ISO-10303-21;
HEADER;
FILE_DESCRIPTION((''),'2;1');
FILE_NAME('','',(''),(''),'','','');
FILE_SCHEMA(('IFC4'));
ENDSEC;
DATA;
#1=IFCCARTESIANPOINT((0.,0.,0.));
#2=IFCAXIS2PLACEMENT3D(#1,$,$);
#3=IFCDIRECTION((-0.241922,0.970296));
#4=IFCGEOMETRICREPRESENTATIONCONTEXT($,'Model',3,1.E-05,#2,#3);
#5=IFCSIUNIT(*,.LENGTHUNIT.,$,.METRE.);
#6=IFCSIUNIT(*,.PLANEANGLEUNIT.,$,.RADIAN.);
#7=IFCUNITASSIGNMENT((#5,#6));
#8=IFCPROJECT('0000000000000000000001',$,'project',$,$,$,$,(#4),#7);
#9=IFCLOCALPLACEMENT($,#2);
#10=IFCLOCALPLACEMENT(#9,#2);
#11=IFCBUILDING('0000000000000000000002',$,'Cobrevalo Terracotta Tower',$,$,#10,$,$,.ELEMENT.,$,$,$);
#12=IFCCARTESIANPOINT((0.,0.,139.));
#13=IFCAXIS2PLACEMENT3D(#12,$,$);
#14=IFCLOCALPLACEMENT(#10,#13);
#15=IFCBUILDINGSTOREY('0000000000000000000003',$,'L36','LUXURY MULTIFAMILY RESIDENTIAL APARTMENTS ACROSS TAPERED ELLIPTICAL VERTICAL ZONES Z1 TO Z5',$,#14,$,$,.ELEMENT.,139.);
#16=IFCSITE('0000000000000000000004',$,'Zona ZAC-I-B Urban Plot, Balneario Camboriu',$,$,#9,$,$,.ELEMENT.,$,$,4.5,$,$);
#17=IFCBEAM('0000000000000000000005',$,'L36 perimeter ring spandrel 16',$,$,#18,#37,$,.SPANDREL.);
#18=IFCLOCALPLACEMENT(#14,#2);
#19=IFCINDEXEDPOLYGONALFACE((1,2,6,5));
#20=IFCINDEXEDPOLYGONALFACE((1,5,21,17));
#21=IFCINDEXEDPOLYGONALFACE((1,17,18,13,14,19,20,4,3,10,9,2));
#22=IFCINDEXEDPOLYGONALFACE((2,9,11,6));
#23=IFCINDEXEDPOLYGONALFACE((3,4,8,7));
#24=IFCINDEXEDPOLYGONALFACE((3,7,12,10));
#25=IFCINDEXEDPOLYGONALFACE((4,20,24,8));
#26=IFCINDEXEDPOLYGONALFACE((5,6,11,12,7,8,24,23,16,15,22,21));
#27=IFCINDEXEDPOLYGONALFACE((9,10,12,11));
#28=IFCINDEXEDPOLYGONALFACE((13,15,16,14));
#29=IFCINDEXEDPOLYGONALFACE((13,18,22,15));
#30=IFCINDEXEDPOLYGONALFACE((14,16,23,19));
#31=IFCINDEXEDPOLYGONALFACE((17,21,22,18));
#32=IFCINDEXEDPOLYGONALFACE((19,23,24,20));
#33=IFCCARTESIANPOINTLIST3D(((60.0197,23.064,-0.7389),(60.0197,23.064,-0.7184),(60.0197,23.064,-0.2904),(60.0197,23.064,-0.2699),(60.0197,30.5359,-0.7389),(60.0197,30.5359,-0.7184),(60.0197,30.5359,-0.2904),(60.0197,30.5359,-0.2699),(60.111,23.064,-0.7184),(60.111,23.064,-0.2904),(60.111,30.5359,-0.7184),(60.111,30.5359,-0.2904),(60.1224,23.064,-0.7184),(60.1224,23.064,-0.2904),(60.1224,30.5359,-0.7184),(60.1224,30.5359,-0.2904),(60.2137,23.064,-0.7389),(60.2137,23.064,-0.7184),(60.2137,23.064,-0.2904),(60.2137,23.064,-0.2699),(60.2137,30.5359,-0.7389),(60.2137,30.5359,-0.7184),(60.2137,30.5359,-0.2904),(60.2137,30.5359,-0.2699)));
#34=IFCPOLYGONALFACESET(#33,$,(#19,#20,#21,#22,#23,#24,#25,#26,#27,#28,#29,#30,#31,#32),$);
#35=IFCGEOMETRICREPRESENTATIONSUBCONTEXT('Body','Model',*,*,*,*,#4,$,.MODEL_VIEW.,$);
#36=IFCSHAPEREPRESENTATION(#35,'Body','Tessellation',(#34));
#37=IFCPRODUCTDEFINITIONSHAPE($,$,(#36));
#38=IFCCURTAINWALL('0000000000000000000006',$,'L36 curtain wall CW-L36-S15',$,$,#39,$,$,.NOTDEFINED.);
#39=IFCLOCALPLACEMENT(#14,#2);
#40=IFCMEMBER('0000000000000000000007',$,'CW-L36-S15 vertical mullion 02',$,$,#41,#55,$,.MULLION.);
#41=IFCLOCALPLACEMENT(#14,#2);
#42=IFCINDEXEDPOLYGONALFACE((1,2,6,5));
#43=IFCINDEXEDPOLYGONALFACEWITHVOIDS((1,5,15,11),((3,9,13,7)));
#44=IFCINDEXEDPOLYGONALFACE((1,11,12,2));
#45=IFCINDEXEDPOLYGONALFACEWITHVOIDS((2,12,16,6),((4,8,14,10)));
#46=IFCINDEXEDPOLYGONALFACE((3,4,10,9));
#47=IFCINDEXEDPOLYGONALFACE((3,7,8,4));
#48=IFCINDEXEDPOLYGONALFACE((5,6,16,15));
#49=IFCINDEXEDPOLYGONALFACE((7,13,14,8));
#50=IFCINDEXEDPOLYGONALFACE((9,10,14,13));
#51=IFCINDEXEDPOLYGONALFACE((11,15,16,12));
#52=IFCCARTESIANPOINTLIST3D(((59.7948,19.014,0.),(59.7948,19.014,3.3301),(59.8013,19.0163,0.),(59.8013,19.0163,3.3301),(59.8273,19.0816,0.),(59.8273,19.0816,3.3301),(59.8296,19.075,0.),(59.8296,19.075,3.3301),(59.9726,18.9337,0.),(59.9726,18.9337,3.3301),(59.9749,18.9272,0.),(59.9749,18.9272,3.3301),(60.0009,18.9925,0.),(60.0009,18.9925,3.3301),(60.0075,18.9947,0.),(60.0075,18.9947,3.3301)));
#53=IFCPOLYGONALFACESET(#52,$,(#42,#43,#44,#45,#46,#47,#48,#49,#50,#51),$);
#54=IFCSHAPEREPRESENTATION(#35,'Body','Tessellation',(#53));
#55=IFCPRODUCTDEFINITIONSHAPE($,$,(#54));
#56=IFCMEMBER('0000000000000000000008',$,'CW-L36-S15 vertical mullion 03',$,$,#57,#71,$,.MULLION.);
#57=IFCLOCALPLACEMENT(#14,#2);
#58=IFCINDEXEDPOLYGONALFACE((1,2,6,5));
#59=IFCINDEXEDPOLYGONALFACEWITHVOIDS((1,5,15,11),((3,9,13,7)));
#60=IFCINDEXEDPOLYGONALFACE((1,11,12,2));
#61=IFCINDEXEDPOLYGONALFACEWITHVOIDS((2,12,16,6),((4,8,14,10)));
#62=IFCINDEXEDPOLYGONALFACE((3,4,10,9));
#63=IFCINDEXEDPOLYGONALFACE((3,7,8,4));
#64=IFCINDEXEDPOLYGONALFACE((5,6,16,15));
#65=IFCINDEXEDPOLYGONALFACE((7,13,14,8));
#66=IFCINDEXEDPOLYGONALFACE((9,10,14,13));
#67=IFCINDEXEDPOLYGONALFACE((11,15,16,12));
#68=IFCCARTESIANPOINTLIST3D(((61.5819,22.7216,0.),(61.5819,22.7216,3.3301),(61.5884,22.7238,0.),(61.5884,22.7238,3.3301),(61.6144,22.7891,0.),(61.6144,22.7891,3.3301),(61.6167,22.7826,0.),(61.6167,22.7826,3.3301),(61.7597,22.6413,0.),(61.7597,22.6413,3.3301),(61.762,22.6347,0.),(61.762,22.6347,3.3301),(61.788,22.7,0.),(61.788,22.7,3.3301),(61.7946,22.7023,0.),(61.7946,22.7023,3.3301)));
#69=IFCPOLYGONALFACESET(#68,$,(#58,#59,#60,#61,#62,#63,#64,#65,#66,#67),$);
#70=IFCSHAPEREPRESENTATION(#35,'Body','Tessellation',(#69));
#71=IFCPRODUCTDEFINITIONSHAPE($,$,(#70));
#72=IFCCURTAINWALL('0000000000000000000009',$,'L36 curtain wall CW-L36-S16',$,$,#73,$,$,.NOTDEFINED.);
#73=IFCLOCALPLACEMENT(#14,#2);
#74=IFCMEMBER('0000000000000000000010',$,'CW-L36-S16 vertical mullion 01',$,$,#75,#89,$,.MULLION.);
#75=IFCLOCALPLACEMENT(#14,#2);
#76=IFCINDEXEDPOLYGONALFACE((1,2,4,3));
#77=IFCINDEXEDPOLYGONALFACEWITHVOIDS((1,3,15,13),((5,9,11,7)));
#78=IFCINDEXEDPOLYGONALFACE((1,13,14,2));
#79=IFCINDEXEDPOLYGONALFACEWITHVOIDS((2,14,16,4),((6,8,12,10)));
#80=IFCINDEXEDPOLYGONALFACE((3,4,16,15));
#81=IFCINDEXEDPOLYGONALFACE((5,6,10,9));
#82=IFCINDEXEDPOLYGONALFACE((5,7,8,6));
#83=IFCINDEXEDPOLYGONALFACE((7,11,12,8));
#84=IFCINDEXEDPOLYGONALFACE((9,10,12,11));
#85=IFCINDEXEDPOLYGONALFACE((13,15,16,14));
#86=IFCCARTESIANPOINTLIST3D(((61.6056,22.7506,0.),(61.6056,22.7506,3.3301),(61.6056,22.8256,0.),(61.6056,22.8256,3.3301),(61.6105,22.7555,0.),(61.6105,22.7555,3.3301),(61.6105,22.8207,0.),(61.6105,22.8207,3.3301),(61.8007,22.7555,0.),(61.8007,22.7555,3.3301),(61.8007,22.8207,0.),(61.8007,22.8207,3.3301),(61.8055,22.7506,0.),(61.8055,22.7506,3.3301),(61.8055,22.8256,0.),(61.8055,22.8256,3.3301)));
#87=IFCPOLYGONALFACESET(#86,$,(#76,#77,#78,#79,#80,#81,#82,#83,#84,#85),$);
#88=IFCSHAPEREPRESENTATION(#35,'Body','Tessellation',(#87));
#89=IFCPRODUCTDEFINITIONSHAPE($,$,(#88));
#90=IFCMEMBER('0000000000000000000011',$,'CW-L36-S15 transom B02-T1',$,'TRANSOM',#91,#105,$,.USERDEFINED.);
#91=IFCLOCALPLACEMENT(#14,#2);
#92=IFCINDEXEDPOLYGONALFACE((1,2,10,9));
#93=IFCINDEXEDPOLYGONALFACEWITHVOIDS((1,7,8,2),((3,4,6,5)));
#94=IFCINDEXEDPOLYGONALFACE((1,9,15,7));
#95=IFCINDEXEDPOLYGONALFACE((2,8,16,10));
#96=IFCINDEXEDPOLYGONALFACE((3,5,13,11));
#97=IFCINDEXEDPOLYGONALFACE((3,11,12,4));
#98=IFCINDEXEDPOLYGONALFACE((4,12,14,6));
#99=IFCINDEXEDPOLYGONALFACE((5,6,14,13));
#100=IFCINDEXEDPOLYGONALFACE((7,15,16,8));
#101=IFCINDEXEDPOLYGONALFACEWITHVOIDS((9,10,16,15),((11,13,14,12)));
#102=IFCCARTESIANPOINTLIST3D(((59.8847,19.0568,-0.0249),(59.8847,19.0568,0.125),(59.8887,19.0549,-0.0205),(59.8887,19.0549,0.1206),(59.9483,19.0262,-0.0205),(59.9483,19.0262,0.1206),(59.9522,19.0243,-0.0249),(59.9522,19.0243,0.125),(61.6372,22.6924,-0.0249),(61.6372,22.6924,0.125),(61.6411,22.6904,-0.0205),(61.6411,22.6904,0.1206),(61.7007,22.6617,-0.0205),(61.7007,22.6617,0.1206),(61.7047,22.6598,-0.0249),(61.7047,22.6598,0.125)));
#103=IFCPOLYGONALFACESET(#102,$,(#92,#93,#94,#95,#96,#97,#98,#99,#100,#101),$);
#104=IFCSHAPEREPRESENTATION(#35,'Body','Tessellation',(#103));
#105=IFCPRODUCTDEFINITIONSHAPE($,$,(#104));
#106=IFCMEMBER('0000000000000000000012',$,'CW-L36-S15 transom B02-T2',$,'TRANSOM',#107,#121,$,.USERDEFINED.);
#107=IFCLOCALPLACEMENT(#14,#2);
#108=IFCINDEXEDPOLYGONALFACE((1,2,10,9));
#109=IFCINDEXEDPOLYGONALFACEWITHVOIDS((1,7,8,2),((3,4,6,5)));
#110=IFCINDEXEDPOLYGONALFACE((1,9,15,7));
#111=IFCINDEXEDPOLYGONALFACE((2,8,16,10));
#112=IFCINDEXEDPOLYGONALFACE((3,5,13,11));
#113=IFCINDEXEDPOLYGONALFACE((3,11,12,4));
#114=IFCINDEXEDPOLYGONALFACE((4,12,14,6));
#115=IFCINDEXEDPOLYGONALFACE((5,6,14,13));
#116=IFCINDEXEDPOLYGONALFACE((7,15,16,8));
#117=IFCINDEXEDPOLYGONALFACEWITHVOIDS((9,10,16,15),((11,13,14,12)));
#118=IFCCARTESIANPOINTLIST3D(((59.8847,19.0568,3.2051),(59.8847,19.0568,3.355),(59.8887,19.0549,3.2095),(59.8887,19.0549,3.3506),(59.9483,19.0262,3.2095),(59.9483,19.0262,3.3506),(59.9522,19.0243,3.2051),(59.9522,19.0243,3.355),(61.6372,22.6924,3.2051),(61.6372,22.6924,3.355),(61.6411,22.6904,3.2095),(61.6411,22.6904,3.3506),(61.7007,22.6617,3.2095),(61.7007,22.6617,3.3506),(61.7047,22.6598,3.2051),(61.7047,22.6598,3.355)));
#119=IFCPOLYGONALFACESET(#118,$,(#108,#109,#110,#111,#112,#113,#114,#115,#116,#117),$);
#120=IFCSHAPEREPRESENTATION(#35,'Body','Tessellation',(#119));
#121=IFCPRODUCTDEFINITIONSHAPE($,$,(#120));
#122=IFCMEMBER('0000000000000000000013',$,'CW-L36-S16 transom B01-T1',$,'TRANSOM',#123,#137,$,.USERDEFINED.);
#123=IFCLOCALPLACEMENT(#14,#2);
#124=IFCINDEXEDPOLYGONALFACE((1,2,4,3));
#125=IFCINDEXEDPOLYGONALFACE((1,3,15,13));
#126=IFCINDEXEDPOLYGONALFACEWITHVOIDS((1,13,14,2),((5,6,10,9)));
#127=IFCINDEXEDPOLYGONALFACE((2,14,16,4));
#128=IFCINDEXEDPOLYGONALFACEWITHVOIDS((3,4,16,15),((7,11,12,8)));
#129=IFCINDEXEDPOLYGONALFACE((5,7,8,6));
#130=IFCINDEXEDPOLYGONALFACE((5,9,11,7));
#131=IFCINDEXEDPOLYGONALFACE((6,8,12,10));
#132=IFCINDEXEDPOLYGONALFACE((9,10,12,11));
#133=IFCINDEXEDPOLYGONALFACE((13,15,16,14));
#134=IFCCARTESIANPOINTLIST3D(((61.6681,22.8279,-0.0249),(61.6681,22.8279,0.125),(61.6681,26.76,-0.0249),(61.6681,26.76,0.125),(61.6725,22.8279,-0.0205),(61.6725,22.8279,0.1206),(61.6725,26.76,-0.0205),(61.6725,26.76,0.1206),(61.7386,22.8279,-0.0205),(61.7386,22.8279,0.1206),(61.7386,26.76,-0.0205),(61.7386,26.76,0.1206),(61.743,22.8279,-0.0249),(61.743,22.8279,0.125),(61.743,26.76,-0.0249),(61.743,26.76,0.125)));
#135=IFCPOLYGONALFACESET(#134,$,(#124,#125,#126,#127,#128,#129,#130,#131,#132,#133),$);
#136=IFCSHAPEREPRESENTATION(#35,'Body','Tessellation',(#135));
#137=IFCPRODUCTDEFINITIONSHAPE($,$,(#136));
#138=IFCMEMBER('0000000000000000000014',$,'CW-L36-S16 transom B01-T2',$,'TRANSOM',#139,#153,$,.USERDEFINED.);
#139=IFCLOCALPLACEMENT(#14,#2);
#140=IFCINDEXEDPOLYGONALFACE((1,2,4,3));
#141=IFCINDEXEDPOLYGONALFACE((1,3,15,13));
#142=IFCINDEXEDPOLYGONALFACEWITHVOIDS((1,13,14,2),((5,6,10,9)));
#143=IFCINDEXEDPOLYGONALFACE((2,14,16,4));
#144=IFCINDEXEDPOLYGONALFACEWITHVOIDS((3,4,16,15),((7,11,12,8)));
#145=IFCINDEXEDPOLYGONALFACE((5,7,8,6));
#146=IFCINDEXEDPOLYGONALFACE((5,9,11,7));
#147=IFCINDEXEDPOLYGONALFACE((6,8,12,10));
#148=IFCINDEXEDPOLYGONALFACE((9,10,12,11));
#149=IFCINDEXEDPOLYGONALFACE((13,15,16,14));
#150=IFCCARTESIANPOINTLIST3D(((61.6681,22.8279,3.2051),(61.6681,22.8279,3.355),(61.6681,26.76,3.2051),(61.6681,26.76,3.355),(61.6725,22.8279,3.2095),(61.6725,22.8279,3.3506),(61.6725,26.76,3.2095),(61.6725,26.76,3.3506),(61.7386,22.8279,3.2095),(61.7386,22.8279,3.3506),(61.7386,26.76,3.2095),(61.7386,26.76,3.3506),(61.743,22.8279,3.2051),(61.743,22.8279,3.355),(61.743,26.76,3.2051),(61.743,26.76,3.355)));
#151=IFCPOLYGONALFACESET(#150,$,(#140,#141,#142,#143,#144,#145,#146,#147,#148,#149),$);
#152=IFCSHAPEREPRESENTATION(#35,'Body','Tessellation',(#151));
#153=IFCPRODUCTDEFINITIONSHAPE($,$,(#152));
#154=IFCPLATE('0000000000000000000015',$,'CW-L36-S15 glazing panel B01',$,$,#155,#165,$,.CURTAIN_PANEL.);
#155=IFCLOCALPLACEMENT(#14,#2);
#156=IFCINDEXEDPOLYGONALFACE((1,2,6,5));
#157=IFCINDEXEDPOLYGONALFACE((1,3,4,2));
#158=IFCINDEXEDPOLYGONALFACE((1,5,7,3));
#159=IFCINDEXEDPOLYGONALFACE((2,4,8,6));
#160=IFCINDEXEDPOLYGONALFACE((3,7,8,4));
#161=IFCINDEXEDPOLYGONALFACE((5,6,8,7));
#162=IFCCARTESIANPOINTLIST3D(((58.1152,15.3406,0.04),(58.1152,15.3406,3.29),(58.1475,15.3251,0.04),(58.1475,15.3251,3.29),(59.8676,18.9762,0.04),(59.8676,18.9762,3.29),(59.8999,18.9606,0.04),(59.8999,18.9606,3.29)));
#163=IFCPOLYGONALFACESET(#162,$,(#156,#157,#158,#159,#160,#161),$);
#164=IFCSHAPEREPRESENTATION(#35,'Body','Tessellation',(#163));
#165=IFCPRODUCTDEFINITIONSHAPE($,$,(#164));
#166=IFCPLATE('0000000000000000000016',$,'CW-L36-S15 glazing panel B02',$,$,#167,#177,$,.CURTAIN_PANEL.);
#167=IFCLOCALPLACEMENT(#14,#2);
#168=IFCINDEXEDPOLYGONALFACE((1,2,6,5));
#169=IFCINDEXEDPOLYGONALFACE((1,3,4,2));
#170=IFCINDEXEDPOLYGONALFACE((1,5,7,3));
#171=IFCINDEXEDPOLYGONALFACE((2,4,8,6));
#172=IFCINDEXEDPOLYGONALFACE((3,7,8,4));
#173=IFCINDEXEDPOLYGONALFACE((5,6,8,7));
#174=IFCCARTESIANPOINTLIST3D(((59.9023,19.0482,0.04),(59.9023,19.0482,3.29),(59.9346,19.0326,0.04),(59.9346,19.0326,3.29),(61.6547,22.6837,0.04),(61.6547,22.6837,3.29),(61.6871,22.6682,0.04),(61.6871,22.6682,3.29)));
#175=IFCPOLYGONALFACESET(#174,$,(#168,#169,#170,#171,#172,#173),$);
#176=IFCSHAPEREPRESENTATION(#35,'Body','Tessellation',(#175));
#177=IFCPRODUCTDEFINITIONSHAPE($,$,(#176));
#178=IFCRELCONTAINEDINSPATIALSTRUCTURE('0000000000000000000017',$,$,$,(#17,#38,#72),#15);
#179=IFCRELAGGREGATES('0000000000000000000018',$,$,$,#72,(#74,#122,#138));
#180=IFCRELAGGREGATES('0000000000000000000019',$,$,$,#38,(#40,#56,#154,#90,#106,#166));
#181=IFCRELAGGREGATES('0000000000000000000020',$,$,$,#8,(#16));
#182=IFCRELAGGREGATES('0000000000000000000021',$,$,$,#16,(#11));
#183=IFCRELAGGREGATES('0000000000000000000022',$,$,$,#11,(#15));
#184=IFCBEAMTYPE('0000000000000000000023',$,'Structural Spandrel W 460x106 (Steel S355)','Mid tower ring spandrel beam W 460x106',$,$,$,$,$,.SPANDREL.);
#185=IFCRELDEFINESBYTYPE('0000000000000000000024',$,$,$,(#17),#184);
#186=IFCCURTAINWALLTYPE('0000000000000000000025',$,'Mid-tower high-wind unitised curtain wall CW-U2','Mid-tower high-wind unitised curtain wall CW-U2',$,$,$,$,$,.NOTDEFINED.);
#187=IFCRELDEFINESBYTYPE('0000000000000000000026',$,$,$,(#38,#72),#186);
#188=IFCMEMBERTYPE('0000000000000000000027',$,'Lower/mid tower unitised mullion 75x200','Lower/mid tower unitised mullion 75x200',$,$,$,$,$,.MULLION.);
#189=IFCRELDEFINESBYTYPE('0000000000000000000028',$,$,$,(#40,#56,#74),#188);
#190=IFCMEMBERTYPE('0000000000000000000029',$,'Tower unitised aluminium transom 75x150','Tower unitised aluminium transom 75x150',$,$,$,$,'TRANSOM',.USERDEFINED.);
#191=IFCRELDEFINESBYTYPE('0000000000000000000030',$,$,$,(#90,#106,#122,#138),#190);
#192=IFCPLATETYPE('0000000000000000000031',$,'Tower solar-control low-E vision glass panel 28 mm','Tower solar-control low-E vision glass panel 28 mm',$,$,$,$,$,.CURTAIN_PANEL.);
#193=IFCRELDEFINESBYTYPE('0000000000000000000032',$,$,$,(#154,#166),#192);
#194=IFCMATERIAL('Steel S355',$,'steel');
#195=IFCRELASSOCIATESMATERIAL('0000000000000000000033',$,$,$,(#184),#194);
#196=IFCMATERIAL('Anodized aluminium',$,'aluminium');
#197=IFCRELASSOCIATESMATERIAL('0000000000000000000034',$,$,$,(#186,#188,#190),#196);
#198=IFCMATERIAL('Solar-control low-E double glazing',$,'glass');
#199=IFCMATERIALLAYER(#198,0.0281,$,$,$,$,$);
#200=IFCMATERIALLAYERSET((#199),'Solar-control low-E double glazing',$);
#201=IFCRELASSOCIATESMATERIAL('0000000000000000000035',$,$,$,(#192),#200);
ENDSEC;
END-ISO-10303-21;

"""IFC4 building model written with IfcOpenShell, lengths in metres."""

from ifc_helpers import new_model, si_unit, direction, frame, origin, origin_2d, place, context, subcontext, project, spatial, rectangle, hollow_rectangle, i_section, extrude, source, transform, mapped, material, layer, layer_set, material_profile, profile_set, type_object, element, aggregate, save


model = new_model("IFC4")

# Units and contexts
model_context = context("Model", 3, precision=1e-05, world=origin(), true_north=direction((-0.241922, 0.970296)))
body_context = subcontext(model_context, "Body", "Model", "MODEL_VIEW")
ifc_project = project(units=[si_unit("LENGTHUNIT", "METRE"), si_unit("PLANEANGLEUNIT", "RADIAN")], contexts=[model_context])

# Site, building, storey
site_placement = place(None, origin())
site = spatial("IfcSite", under=ifc_project, at=site_placement, Name="Zona ZAC-I-B Urban Plot, Balneario Camboriu", CompositionType="ELEMENT", RefElevation=4.5)
building_placement = place(site_placement, origin())
building = spatial("IfcBuilding", under=site, at=building_placement, Name="Cobrevalo Terracotta Tower", CompositionType="ELEMENT")
storey_placement = place(building_placement, frame((0.0, 0.0, 139.0)))
storey = spatial("IfcBuildingStorey", under=building, at=storey_placement, Name="L36", Description="LUXURY MULTIFAMILY RESIDENTIAL APARTMENTS ACROSS TAPERED ELLIPTICAL VERTICAL ZONES Z1 TO Z5", CompositionType="ELEMENT", Elevation=139.0)

# Shared definitions
ifc_material_1 = material(Name="Steel S355", Category="steel")

# Beam
ifc_material_profile_1 = material_profile(ifc_material_1, i_section(OverallWidth=0.1941, OverallDepth=0.469, WebThickness=0.0115, FlangeThickness=0.0205, at=origin_2d()), Name="W 460x106")
ifc_profile_set_1 = profile_set([ifc_material_profile_1], Name="Steel S355")
beam_type_1 = type_object("IfcBeamType", Name="Structural Spandrel W 460x106 (Steel S355)", Description="Mid tower ring spandrel beam W 460x106", PredefinedType="SPANDREL", material=ifc_profile_set_1)
beam_1_placement = place(storey_placement, frame((60.1167, 23.064, -0.5044), z_axis=(0.0, 1.0, 0.0), x_axis=(-1.0, 0.0, 0.0)))
element("IfcBeam", 1, at=beam_1_placement, inside=storey, type_object=beam_type_1, Name="L36 perimeter ring spandrel 16", PredefinedType="SPANDREL", context=body_context, shape_type="SweptSolid", body=[
    extrude(i_section(OverallWidth=0.1941, OverallDepth=0.469, WebThickness=0.0115, FlangeThickness=0.0205, at=origin_2d()), origin(), (0.0, 0.0, 1.0), 7.4719),
])

# Curtain wall, members
ifc_material_2 = material(Name="Anodized aluminium", Category="aluminium")
curtain_wall_type = type_object("IfcCurtainWallType", Name="Mid-tower high-wind unitised curtain wall CW-U2", Description="Mid-tower high-wind unitised curtain wall CW-U2", PredefinedType="NOTDEFINED", material=ifc_material_2)
curtain_wall_1_placement = place(storey_placement, origin())
curtain_wall_1 = element("IfcCurtainWall", 2, at=curtain_wall_1_placement, inside=storey, type_object=curtain_wall_type, Name="L36 curtain wall CW-L36-S15", PredefinedType="NOTDEFINED")
ifc_material_profile_2 = material_profile(ifc_material_2, hollow_rectangle(XDim=0.075, YDim=0.2, WallThickness=0.0049, at=origin_2d()), Name="CWM 75x200")
ifc_profile_set_2 = profile_set([ifc_material_profile_2], Name="Anodized aluminium")
member_type_1 = type_object("IfcMemberType", Name="Lower/mid tower unitised mullion 75x200", Description="Lower/mid tower unitised mullion 75x200", PredefinedType="MULLION", material=ifc_profile_set_2)
shared_shape_1 = source(origin(), body_context, "Body", "SweptSolid", [
    extrude(hollow_rectangle(XDim=0.075, YDim=0.2, WallThickness=0.0049, at=origin_2d()), origin(), (0.0, 0.0, 1.0), 3.3301),
])
member_1_placement = place(storey_placement, frame((59.9011, 19.0044, 0.0), z_axis=(0.0, 0.0, 1.0), x_axis=(0.434209, 0.900812, 0.0)))
member_1 = element("IfcMember", 3, at=member_1_placement, type_object=member_type_1, Name="CW-L36-S15 vertical mullion 02", PredefinedType="MULLION", context=body_context, shape_type="MappedRepresentation", body=[
    mapped(shared_shape_1, transform((0.0, 0.0, 0.0), scale=1.0)),
])
member_2_placement = place(storey_placement, frame((61.6882, 22.7119, 0.0), z_axis=(0.0, 0.0, 1.0), x_axis=(0.434209, 0.900812, 0.0)))
member_2 = element("IfcMember", 4, at=member_2_placement, type_object=member_type_1, Name="CW-L36-S15 vertical mullion 03", PredefinedType="MULLION", context=body_context, shape_type="MappedRepresentation", body=[
    mapped(shared_shape_1, transform((0.0, 0.0, 0.0), scale=1.0)),
])

# Curtain wall, member
curtain_wall_2_placement = place(storey_placement, origin())
curtain_wall_2 = element("IfcCurtainWall", 5, at=curtain_wall_2_placement, inside=storey, type_object=curtain_wall_type, Name="L36 curtain wall CW-L36-S16", PredefinedType="NOTDEFINED")
member_3_placement = place(storey_placement, frame((61.7056, 22.7881, 0.0), z_axis=(0.0, 0.0, 1.0), x_axis=(0.0, 1.0, 0.0)))
member_3 = element("IfcMember", 6, at=member_3_placement, type_object=member_type_1, Name="CW-L36-S16 vertical mullion 01", PredefinedType="MULLION", context=body_context, shape_type="MappedRepresentation", body=[
    mapped(shared_shape_1, transform((0.0, 0.0, 0.0), scale=1.0)),
])

# Members
ifc_material_profile_3 = material_profile(ifc_material_2, hollow_rectangle(XDim=0.075, YDim=0.1499, WallThickness=0.0044, at=origin_2d()), Name="CWT 75x150")
ifc_profile_set_3 = profile_set([ifc_material_profile_3], Name="Anodized aluminium")
member_type_2 = type_object("IfcMemberType", Name="Tower unitised aluminium transom 75x150", Description="Tower unitised aluminium transom 75x150", ElementType="TRANSOM", PredefinedType="USERDEFINED", material=ifc_profile_set_3)
shared_shape_2 = source(origin(), body_context, "Body", "SweptSolid", [
    extrude(hollow_rectangle(XDim=0.075, YDim=0.1499, WallThickness=0.0044, at=origin_2d()), origin(), (0.0, 0.0, 1.0), 4.0359),
])
member_4_placement = place(storey_placement, frame((59.9185, 19.0405, 0.05), z_axis=(0.434221, 0.900806, 0.0), x_axis=(-0.900806, 0.434221, 0.0)))
member_4 = element("IfcMember", 7, at=member_4_placement, type_object=member_type_2, Name="CW-L36-S15 transom B02-T1", ObjectType="TRANSOM", PredefinedType="USERDEFINED", context=body_context, shape_type="MappedRepresentation", body=[
    mapped(shared_shape_2, transform((0.0, 0.0, 0.0), scale=1.0)),
])
member_5_placement = place(storey_placement, frame((59.9185, 19.0405, 3.28), z_axis=(0.434221, 0.900806, 0.0), x_axis=(-0.900806, 0.434221, 0.0)))
member_5 = element("IfcMember", 8, at=member_5_placement, type_object=member_type_2, Name="CW-L36-S15 transom B02-T2", ObjectType="TRANSOM", PredefinedType="USERDEFINED", context=body_context, shape_type="MappedRepresentation", body=[
    mapped(shared_shape_2, transform((0.0, 0.0, 0.0), scale=1.0)),
])
shared_shape_3 = source(origin(), body_context, "Body", "SweptSolid", [
    extrude(hollow_rectangle(XDim=0.075, YDim=0.1499, WallThickness=0.0044, at=origin_2d()), origin(), (0.0, 0.0, 1.0), 3.9321),
])
member_6_placement = place(storey_placement, frame((61.7056, 22.8279, 0.05), z_axis=(0.0, 1.0, 0.0), x_axis=(-1.0, 0.0, 0.0)))
member_6 = element("IfcMember", 9, at=member_6_placement, type_object=member_type_2, Name="CW-L36-S16 transom B01-T1", ObjectType="TRANSOM", PredefinedType="USERDEFINED", context=body_context, shape_type="MappedRepresentation", body=[
    mapped(shared_shape_3, transform((0.0, 0.0, 0.0), scale=1.0)),
])
member_7_placement = place(storey_placement, frame((61.7056, 22.8279, 3.28), z_axis=(0.0, 1.0, 0.0), x_axis=(-1.0, 0.0, 0.0)))
member_7 = element("IfcMember", 10, at=member_7_placement, type_object=member_type_2, Name="CW-L36-S16 transom B01-T2", ObjectType="TRANSOM", PredefinedType="USERDEFINED", context=body_context, shape_type="MappedRepresentation", body=[
    mapped(shared_shape_3, transform((0.0, 0.0, 0.0), scale=1.0)),
])
aggregate(curtain_wall_2, [member_3, member_6, member_7])

# Plates
ifc_material_3 = material(Name="Solar-control low-E double glazing", Category="glass")
ifc_layer_1 = layer(ifc_material_3, 0.0281)
ifc_layer_set_1 = layer_set([ifc_layer_1], Name="Solar-control low-E double glazing")
plate_type = type_object("IfcPlateType", Name="Tower solar-control low-E vision glass panel 28 mm", Description="Tower solar-control low-E vision glass panel 28 mm", PredefinedType="CURTAIN_PANEL", material=ifc_layer_set_1)
shared_shape_4 = source(origin(), body_context, "Body", "SweptSolid", [
    extrude(rectangle(XDim=4.0359, YDim=0.0359, at=origin_2d()), origin(), (0.0, 0.0, 1.0), 3.25),
])
plate_1_placement = place(storey_placement, frame((59.0076, 17.1506, 0.04), z_axis=(0.0, 0.0, 1.0), x_axis=(0.434209, 0.900812, 0.0)))
plate_1 = element("IfcPlate", 11, at=plate_1_placement, type_object=plate_type, Name="CW-L36-S15 glazing panel B01", PredefinedType="CURTAIN_PANEL", context=body_context, shape_type="MappedRepresentation", body=[
    mapped(shared_shape_4, transform((0.0, 0.0, 0.0), scale=1.0)),
])
plate_2_placement = place(storey_placement, frame((60.7947, 20.8582, 0.04), z_axis=(0.0, 0.0, 1.0), x_axis=(0.434209, 0.900812, 0.0)))
plate_2 = element("IfcPlate", 12, at=plate_2_placement, type_object=plate_type, Name="CW-L36-S15 glazing panel B02", PredefinedType="CURTAIN_PANEL", context=body_context, shape_type="MappedRepresentation", body=[
    mapped(shared_shape_4, transform((0.0, 0.0, 0.0), scale=1.0)),
])
aggregate(curtain_wall_1, [member_1, member_2, plate_1, member_4, member_5, plate_2])

save(model, "model.ifc")
